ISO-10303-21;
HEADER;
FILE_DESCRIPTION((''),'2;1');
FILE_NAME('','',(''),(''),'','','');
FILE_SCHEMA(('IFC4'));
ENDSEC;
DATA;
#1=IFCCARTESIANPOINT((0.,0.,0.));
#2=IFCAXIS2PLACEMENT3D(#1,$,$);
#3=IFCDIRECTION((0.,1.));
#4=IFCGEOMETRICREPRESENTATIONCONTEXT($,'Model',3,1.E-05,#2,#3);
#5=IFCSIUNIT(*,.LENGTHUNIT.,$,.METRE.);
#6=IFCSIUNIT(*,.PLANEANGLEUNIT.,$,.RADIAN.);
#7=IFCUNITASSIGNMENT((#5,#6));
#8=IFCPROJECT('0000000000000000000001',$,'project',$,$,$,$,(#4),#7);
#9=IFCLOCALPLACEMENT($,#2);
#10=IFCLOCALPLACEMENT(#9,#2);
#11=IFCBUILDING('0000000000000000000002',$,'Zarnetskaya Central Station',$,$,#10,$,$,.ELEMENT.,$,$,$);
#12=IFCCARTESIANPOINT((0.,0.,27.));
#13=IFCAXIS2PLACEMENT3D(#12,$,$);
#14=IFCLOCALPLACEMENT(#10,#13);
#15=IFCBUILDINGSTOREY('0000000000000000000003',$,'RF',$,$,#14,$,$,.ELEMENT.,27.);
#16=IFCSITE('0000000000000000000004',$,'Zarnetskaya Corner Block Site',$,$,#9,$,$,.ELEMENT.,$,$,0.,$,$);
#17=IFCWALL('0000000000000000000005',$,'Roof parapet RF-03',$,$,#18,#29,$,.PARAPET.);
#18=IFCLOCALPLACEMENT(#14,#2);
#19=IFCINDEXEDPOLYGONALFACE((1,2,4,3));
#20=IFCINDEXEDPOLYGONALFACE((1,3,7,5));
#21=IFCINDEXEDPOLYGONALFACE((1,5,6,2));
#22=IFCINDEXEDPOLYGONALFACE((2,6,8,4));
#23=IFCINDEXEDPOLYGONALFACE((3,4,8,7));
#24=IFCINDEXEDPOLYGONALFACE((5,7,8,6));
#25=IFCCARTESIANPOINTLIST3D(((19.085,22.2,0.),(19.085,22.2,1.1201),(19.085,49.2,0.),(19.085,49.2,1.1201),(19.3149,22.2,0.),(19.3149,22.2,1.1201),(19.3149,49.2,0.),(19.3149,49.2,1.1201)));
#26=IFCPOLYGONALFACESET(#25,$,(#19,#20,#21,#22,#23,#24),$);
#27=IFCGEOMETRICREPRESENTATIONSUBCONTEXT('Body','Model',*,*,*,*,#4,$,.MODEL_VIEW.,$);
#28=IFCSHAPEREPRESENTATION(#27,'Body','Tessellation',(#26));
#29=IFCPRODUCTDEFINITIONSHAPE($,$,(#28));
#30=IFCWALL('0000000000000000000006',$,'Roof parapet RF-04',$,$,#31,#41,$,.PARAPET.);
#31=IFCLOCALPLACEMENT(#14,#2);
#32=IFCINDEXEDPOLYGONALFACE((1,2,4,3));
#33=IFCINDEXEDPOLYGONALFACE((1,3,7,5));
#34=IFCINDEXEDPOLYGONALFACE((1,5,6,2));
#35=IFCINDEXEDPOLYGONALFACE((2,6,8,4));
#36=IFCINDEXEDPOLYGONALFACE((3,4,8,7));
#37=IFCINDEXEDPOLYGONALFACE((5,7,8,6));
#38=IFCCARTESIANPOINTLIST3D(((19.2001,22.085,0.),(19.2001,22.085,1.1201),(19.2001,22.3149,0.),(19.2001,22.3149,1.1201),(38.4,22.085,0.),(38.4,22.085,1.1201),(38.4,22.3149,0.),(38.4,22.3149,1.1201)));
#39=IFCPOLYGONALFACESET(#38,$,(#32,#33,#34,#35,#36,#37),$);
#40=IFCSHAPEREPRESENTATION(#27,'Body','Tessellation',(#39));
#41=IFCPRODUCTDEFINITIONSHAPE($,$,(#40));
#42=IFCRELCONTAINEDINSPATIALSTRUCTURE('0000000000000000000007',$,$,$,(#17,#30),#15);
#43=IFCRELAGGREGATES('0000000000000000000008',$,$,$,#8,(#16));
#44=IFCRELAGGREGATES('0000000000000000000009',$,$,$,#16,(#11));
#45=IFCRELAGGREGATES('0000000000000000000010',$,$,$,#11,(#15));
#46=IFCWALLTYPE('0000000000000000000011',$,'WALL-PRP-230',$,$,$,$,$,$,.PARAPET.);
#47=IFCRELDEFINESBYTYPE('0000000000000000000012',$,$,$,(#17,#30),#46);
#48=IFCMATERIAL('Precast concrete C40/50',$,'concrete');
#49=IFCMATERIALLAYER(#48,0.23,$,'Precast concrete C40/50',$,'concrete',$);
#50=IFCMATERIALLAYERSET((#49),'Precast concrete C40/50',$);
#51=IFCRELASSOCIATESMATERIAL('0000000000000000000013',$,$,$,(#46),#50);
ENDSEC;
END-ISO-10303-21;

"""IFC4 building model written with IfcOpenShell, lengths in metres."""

from ifc_helpers import new_model, si_unit, direction, frame, frame_2d, origin, place, context, subcontext, project, spatial, rectangle, extrude, material, layer, layer_set, type_object, element, save


model = new_model("IFC4")

# Units and contexts
model_context = context("Model", 3, precision=1e-05, world=origin(), true_north=direction((0.0, 1.0)))
body_context = subcontext(model_context, "Body", "Model", "MODEL_VIEW")
ifc_project = project(units=[si_unit("LENGTHUNIT", "METRE"), si_unit("PLANEANGLEUNIT", "RADIAN")], contexts=[model_context])

# Site, building, storey
site_placement = place(None, origin())
site = spatial("IfcSite", under=ifc_project, at=site_placement, Name="Zarnetskaya Corner Block Site", CompositionType="ELEMENT", RefElevation=0.0)
building_placement = place(site_placement, origin())
building = spatial("IfcBuilding", under=site, at=building_placement, Name="Zarnetskaya Central Station", CompositionType="ELEMENT")
storey_placement = place(building_placement, frame((0.0, 0.0, 27.0)))
storey = spatial("IfcBuildingStorey", under=building, at=storey_placement, Name="RF", CompositionType="ELEMENT", Elevation=27.0)

# Walls
ifc_material_1 = material(Name="Precast concrete C40/50", Category="concrete")
ifc_layer = layer(ifc_material_1, 0.23, Name="Precast concrete C40/50", Category="concrete")
ifc_layer_set = layer_set([ifc_layer], Name="Precast concrete C40/50")
wall_type = type_object("IfcWallType", Name="WALL-PRP-230", PredefinedType="PARAPET", material=ifc_layer_set)
wall_1_placement = place(storey_placement, frame((19.2, 49.2, 0.0), z_axis=(0.0, 0.0, 1.0), x_axis=(0.0, -1.0, 0.0)))
element("IfcWall", 1, at=wall_1_placement, inside=storey, type_object=wall_type, Name="Roof parapet RF-03", PredefinedType="PARAPET", context=body_context, shape_type="SweptSolid", body=[
    extrude(rectangle(XDim=27.0, YDim=0.23, at=frame_2d((13.5, 0.0))), origin(), (0.0, 0.0, 1.0), 1.1201),
])
wall_2_placement = place(storey_placement, frame((19.2, 22.2, 0.0), z_axis=(0.0, 0.0, 1.0), x_axis=(1.0, 0.0, 0.0)))
element("IfcWall", 2, at=wall_2_placement, inside=storey, type_object=wall_type, Name="Roof parapet RF-04", PredefinedType="PARAPET", context=body_context, shape_type="SweptSolid", body=[
    extrude(rectangle(XDim=19.2, YDim=0.23, at=frame_2d((9.6001, 0.0))), origin(), (0.0, 0.0, 1.0), 1.1201),
])

save(model, "model.ifc")
